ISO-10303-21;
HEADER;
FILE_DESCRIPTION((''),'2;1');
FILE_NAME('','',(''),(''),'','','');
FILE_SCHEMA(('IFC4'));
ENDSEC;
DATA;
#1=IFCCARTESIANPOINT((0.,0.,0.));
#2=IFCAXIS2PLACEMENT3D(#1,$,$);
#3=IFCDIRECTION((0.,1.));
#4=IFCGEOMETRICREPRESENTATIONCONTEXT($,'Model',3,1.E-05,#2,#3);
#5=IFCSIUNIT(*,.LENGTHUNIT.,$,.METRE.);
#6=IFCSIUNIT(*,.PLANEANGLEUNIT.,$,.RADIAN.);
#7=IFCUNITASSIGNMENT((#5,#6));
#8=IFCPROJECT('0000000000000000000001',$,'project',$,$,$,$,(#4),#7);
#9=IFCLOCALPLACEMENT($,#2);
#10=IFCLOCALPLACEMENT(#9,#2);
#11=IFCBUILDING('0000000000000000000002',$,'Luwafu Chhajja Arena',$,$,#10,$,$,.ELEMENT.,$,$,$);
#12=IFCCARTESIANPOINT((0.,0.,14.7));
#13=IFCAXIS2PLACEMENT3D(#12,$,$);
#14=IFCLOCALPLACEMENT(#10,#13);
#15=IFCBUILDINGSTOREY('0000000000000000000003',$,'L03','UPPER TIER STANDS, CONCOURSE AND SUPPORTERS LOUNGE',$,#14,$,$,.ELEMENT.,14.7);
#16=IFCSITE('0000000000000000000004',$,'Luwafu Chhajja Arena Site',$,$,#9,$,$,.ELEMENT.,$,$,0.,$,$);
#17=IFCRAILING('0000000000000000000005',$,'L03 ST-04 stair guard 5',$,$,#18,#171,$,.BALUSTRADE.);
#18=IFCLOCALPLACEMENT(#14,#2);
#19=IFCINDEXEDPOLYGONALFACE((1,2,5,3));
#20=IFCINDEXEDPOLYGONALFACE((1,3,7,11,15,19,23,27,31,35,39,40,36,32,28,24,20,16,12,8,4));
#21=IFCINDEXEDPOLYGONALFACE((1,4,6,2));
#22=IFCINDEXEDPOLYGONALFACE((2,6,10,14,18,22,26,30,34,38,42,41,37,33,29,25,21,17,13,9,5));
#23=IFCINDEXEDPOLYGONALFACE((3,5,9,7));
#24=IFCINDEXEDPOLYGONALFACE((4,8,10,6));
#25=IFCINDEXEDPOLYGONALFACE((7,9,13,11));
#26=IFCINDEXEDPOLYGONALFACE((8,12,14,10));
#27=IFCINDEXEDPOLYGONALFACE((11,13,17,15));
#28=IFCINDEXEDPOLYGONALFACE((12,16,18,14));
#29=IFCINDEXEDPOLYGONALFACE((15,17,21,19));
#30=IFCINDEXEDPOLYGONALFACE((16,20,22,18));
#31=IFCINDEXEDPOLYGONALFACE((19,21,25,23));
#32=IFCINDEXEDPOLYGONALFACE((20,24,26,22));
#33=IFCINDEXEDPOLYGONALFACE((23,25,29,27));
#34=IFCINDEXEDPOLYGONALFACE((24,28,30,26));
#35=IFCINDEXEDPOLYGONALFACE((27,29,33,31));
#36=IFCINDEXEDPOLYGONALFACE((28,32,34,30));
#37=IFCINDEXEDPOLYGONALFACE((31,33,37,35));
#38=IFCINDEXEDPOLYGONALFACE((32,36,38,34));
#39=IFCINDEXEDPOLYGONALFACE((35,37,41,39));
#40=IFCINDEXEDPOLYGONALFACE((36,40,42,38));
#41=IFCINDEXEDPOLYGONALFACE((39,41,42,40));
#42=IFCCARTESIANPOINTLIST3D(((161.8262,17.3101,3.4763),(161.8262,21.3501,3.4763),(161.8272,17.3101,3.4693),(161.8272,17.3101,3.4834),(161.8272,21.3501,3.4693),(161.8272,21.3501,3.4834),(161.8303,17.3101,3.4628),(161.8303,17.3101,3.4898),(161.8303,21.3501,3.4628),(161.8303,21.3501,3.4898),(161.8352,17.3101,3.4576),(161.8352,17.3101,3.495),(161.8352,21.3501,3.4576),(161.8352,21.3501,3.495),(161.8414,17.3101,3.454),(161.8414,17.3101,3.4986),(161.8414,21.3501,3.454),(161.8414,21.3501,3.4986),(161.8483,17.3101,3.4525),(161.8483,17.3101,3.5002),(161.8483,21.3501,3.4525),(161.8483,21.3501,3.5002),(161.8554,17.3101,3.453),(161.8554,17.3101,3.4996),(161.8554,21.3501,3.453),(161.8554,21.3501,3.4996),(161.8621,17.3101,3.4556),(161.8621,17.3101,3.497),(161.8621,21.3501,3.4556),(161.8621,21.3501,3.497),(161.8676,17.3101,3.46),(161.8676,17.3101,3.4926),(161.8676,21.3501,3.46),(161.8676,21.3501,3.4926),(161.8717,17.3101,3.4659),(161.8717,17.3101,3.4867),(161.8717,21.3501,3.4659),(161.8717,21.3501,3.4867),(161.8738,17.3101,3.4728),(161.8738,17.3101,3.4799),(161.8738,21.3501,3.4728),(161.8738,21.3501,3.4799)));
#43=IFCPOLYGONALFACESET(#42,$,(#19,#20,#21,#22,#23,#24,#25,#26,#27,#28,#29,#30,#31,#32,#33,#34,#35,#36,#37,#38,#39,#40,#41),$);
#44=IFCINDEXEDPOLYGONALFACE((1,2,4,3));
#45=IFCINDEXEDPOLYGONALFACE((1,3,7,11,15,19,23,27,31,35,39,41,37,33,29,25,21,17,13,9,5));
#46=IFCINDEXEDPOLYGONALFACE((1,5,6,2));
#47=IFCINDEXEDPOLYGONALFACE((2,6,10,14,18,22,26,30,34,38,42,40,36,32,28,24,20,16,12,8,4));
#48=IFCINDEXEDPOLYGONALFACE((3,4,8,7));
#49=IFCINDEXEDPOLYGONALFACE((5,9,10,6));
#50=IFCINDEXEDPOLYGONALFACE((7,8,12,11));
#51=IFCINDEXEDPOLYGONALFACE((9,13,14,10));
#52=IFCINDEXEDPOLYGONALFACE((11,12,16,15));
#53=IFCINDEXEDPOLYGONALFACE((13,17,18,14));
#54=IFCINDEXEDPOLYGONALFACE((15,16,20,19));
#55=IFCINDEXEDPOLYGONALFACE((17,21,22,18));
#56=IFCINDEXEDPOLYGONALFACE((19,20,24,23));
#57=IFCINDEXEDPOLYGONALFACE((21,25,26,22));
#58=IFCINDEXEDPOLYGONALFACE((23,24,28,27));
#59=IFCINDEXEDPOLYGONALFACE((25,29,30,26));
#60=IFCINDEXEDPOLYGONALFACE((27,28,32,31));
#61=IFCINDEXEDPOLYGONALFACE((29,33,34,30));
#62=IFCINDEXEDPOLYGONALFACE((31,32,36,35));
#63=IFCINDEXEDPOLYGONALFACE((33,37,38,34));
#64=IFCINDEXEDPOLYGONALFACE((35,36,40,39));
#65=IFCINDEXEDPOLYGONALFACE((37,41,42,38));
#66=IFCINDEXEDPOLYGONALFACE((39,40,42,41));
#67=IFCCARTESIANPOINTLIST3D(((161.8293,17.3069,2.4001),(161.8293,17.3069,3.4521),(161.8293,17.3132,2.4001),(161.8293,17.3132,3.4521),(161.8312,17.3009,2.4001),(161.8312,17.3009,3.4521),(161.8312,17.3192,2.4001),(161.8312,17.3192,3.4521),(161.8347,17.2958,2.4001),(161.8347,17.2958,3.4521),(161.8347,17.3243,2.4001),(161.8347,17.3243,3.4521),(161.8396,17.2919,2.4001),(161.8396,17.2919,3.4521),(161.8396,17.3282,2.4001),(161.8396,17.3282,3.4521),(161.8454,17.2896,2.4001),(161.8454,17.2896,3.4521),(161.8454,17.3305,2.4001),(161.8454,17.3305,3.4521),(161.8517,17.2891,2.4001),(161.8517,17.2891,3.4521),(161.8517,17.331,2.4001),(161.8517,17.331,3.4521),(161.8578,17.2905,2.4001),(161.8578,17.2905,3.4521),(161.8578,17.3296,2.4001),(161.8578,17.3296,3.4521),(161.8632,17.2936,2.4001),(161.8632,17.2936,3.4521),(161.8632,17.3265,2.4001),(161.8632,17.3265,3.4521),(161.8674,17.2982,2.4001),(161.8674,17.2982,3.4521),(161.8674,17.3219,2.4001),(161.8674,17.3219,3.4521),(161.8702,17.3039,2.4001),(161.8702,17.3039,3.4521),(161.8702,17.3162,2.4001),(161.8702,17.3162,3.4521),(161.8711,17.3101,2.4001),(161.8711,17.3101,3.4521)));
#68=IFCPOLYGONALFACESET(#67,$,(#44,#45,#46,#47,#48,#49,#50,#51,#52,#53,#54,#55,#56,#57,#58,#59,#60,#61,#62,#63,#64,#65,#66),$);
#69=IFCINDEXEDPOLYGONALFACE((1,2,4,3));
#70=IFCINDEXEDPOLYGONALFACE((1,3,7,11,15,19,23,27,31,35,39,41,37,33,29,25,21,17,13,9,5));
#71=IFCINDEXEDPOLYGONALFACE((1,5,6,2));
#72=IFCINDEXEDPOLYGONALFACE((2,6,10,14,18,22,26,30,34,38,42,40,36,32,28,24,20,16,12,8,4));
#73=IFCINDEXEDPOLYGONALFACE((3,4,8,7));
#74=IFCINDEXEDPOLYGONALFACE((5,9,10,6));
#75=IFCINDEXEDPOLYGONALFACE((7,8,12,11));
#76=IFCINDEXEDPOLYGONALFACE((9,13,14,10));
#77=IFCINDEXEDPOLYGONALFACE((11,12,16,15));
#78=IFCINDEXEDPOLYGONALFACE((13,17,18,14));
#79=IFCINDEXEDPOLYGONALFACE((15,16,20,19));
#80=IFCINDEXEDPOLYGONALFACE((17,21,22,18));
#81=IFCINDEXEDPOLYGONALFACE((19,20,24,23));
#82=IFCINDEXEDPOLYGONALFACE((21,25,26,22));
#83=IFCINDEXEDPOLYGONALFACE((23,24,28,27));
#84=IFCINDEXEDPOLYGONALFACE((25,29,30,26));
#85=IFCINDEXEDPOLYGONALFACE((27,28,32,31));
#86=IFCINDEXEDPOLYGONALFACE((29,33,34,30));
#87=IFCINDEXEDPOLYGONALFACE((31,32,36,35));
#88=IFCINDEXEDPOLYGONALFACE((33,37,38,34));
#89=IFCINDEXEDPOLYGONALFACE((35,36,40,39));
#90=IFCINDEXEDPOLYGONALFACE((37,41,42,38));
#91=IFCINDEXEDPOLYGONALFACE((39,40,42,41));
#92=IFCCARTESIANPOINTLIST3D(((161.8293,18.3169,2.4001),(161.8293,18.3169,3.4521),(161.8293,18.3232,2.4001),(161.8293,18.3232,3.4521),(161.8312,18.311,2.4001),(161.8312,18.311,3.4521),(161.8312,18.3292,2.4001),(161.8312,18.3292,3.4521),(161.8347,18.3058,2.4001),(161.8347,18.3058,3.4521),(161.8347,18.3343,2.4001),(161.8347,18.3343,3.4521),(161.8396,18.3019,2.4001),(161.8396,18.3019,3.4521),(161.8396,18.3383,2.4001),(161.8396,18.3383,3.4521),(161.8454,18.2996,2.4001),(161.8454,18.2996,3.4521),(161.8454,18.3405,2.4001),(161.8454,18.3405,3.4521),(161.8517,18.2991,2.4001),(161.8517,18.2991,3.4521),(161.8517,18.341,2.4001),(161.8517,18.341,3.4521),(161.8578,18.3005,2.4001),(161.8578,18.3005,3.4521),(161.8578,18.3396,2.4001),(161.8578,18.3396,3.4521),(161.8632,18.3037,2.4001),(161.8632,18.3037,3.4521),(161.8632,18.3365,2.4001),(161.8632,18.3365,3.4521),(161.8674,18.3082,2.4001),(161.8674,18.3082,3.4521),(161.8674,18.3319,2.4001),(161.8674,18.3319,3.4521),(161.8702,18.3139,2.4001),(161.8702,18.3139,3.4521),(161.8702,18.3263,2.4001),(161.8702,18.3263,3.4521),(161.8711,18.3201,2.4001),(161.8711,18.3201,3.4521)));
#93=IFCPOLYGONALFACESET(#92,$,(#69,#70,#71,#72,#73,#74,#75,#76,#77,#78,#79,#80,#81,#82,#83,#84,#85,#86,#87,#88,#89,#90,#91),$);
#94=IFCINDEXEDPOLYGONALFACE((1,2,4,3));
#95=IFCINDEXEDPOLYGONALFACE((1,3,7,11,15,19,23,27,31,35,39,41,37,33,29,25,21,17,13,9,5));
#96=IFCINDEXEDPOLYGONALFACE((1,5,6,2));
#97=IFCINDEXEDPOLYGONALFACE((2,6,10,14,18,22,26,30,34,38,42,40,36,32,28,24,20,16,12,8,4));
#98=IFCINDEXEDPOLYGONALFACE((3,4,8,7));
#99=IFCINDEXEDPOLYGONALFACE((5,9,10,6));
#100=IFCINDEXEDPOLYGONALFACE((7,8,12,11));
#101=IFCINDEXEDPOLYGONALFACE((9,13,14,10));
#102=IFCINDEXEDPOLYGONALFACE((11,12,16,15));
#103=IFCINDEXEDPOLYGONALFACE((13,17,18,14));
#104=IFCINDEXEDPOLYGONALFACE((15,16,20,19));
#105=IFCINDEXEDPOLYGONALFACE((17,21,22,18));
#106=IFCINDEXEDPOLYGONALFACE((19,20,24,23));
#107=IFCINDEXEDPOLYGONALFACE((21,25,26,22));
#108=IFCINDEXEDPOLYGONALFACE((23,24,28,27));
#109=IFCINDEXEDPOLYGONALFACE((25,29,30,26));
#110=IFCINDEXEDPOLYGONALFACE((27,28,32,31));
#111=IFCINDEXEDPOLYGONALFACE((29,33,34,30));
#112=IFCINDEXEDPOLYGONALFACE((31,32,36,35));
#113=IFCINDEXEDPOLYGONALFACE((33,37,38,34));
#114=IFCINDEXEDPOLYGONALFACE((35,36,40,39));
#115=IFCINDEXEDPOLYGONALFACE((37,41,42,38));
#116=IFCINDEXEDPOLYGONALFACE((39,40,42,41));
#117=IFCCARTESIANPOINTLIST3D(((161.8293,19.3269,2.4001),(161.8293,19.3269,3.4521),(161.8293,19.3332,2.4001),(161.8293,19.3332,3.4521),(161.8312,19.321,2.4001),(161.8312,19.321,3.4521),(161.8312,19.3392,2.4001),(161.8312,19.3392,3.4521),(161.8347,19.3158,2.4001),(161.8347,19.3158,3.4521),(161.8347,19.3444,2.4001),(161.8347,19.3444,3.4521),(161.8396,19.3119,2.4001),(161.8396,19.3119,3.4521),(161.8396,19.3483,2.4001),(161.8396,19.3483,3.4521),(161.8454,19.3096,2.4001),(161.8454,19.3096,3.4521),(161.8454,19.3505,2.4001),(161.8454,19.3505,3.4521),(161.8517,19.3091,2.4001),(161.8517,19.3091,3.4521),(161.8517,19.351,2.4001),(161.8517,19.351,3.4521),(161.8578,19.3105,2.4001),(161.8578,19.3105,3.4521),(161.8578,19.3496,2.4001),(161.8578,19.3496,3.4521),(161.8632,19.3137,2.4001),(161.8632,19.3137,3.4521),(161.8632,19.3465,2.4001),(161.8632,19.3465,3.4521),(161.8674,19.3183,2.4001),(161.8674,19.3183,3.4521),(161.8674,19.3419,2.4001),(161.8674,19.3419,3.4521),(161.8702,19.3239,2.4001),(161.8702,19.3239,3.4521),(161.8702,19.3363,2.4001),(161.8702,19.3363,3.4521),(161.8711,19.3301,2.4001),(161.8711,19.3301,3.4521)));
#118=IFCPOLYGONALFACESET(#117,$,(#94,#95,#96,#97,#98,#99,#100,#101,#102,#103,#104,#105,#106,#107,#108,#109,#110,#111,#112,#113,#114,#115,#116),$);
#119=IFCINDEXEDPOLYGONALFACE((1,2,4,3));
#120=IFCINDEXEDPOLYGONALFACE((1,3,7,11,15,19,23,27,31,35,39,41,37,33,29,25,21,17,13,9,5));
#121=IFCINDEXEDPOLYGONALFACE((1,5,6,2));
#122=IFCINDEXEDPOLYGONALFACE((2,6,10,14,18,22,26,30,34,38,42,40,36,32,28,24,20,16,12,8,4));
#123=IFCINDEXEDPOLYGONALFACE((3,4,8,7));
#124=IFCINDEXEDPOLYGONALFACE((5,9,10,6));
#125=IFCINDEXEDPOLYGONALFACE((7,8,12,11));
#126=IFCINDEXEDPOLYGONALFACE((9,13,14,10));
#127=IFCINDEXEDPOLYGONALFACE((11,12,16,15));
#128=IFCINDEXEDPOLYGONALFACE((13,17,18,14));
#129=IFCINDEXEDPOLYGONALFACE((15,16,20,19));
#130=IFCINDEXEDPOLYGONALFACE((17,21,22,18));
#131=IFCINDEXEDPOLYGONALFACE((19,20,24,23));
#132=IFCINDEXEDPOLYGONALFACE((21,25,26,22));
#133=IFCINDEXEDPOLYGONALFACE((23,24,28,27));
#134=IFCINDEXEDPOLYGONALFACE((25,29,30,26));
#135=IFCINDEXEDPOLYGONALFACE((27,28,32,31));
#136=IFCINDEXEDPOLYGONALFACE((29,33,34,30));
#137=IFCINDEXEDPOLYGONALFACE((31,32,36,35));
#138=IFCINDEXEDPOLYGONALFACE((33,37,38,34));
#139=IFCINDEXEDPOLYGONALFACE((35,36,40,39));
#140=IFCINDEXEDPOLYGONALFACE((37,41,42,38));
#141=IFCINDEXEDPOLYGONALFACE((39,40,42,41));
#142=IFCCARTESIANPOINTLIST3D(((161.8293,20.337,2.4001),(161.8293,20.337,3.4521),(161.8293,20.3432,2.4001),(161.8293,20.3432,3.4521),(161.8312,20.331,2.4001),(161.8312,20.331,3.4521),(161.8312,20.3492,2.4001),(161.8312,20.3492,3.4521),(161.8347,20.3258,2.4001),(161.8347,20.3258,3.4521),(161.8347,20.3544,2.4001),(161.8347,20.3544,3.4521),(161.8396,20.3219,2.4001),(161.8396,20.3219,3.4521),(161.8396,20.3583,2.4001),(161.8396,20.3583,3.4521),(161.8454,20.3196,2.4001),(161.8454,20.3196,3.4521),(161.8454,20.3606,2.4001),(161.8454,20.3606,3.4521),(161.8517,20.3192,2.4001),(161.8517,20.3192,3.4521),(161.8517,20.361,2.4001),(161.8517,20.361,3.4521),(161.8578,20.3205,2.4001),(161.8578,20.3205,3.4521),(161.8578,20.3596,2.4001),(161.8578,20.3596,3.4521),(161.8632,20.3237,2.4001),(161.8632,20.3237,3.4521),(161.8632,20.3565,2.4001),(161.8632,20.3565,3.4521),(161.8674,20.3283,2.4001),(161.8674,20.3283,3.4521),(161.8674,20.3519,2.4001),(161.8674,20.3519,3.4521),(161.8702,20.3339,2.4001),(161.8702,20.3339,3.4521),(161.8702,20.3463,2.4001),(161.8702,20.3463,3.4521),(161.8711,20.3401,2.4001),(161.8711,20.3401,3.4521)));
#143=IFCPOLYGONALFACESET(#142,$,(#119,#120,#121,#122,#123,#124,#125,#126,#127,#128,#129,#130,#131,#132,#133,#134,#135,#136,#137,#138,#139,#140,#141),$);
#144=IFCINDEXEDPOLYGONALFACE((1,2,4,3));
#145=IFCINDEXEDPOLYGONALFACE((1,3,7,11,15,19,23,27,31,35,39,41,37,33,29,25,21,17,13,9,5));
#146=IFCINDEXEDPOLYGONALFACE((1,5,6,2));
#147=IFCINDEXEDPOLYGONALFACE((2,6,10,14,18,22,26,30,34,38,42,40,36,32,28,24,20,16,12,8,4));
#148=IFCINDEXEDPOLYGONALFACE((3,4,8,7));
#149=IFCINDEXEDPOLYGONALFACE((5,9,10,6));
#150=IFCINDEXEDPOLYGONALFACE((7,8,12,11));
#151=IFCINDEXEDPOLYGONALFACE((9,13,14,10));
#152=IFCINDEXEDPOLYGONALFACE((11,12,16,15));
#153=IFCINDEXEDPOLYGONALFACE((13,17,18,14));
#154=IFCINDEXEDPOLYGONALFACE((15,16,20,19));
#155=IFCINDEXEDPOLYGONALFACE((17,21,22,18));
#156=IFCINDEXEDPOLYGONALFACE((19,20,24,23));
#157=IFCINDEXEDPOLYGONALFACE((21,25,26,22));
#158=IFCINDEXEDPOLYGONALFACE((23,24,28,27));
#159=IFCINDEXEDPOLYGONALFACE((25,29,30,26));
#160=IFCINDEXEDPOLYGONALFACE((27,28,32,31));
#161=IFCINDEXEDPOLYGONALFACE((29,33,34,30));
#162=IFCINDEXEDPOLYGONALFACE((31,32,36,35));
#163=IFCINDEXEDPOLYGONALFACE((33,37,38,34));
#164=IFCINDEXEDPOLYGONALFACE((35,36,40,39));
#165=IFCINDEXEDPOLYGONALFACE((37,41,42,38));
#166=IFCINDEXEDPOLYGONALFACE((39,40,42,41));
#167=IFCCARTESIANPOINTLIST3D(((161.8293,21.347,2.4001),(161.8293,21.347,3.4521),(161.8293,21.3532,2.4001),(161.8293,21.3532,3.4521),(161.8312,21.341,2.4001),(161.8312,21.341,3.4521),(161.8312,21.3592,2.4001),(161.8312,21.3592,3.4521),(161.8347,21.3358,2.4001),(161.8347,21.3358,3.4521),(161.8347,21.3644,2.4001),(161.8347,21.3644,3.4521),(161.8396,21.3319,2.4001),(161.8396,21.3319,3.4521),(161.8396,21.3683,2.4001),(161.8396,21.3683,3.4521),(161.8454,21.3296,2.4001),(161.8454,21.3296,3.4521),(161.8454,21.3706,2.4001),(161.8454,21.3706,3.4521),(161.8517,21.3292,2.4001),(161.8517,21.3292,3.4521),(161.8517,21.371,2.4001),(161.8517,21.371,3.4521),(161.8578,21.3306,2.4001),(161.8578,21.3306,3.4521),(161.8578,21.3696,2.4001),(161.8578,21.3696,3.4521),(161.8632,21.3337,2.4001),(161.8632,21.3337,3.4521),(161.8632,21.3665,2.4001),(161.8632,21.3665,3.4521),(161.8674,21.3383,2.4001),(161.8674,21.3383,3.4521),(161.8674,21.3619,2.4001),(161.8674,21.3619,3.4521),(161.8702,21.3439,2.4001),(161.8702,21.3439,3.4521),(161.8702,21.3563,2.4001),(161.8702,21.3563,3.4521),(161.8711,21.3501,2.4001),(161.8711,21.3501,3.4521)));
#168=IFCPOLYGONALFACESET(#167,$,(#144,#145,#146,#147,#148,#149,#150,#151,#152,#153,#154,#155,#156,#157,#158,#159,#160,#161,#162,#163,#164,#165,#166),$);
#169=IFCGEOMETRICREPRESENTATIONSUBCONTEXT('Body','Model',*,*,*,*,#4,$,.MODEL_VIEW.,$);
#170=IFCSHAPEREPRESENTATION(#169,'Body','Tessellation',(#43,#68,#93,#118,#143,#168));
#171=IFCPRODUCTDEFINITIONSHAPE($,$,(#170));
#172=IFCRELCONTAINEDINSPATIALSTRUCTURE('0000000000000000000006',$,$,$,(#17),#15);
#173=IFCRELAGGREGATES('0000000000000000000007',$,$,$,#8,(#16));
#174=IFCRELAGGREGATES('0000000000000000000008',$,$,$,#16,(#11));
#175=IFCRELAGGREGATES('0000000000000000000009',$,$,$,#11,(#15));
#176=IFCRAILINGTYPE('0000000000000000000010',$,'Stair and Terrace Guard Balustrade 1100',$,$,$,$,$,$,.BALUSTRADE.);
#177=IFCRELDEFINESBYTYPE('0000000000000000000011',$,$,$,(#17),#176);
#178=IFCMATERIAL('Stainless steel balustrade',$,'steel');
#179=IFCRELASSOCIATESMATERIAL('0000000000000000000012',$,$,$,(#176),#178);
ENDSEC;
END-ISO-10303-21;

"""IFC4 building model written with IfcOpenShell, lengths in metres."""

from ifc_helpers import new_model, si_unit, direction, frame, origin, origin_2d, place, context, subcontext, project, spatial, circle, extrude, material, type_object, element, save


model = new_model("IFC4")

# Units and contexts
model_context = context("Model", 3, precision=1e-05, world=origin(), true_north=direction((0.0, 1.0)))
body_context = subcontext(model_context, "Body", "Model", "MODEL_VIEW")
ifc_project = project(units=[si_unit("LENGTHUNIT", "METRE"), si_unit("PLANEANGLEUNIT", "RADIAN")], contexts=[model_context])

# Site, building, storey
site_placement = place(None, origin())
site = spatial("IfcSite", under=ifc_project, at=site_placement, Name="Luwafu Chhajja Arena Site", CompositionType="ELEMENT", RefElevation=0.0)
building_placement = place(site_placement, origin())
building = spatial("IfcBuilding", under=site, at=building_placement, Name="Luwafu Chhajja Arena", CompositionType="ELEMENT")
storey_placement = place(building_placement, frame((0.0, 0.0, 14.7)))
storey = spatial("IfcBuildingStorey", under=building, at=storey_placement, Name="L03", Description="UPPER TIER STANDS, CONCOURSE AND SUPPORTERS LOUNGE", CompositionType="ELEMENT", Elevation=14.7)

# Railing
ifc_material_1 = material(Name="Stainless steel balustrade", Category="steel")
railing_type_1 = type_object("IfcRailingType", Name="Stair and Terrace Guard Balustrade 1100", PredefinedType="BALUSTRADE", material=ifc_material_1)
railing_1_placement = place(storey_placement, frame((161.8501, 17.3101, 2.4001)))
element("IfcRailing", 1, at=railing_1_placement, inside=storey, type_object=railing_type_1, Name="L03 ST-04 stair guard 5", PredefinedType="BALUSTRADE", context=body_context, shape_type="SweptSolid", body=[
    extrude(circle(Radius=0.0239, at=origin_2d()), frame((0.0, 0.0, 1.0762), z_axis=(0.0, 1.0, 0.0), x_axis=(-1.0, 0.0, 0.0)), (0.0, 0.0, 1.0), 4.04),
    extrude(circle(Radius=0.021, at=origin_2d()), origin(), (0.0, 0.0, 1.0), 1.052),
    extrude(circle(Radius=0.021, at=origin_2d()), frame((0.0, 1.01, 0.0)), (0.0, 0.0, 1.0), 1.052),
    extrude(circle(Radius=0.021, at=origin_2d()), frame((0.0, 2.02, 0.0)), (0.0, 0.0, 1.0), 1.052),
    extrude(circle(Radius=0.021, at=origin_2d()), frame((0.0, 3.03, 0.0)), (0.0, 0.0, 1.0), 1.052),
    extrude(circle(Radius=0.021, at=origin_2d()), frame((0.0, 4.04, 0.0)), (0.0, 0.0, 1.0), 1.052),
])

save(model, "model.ifc")
